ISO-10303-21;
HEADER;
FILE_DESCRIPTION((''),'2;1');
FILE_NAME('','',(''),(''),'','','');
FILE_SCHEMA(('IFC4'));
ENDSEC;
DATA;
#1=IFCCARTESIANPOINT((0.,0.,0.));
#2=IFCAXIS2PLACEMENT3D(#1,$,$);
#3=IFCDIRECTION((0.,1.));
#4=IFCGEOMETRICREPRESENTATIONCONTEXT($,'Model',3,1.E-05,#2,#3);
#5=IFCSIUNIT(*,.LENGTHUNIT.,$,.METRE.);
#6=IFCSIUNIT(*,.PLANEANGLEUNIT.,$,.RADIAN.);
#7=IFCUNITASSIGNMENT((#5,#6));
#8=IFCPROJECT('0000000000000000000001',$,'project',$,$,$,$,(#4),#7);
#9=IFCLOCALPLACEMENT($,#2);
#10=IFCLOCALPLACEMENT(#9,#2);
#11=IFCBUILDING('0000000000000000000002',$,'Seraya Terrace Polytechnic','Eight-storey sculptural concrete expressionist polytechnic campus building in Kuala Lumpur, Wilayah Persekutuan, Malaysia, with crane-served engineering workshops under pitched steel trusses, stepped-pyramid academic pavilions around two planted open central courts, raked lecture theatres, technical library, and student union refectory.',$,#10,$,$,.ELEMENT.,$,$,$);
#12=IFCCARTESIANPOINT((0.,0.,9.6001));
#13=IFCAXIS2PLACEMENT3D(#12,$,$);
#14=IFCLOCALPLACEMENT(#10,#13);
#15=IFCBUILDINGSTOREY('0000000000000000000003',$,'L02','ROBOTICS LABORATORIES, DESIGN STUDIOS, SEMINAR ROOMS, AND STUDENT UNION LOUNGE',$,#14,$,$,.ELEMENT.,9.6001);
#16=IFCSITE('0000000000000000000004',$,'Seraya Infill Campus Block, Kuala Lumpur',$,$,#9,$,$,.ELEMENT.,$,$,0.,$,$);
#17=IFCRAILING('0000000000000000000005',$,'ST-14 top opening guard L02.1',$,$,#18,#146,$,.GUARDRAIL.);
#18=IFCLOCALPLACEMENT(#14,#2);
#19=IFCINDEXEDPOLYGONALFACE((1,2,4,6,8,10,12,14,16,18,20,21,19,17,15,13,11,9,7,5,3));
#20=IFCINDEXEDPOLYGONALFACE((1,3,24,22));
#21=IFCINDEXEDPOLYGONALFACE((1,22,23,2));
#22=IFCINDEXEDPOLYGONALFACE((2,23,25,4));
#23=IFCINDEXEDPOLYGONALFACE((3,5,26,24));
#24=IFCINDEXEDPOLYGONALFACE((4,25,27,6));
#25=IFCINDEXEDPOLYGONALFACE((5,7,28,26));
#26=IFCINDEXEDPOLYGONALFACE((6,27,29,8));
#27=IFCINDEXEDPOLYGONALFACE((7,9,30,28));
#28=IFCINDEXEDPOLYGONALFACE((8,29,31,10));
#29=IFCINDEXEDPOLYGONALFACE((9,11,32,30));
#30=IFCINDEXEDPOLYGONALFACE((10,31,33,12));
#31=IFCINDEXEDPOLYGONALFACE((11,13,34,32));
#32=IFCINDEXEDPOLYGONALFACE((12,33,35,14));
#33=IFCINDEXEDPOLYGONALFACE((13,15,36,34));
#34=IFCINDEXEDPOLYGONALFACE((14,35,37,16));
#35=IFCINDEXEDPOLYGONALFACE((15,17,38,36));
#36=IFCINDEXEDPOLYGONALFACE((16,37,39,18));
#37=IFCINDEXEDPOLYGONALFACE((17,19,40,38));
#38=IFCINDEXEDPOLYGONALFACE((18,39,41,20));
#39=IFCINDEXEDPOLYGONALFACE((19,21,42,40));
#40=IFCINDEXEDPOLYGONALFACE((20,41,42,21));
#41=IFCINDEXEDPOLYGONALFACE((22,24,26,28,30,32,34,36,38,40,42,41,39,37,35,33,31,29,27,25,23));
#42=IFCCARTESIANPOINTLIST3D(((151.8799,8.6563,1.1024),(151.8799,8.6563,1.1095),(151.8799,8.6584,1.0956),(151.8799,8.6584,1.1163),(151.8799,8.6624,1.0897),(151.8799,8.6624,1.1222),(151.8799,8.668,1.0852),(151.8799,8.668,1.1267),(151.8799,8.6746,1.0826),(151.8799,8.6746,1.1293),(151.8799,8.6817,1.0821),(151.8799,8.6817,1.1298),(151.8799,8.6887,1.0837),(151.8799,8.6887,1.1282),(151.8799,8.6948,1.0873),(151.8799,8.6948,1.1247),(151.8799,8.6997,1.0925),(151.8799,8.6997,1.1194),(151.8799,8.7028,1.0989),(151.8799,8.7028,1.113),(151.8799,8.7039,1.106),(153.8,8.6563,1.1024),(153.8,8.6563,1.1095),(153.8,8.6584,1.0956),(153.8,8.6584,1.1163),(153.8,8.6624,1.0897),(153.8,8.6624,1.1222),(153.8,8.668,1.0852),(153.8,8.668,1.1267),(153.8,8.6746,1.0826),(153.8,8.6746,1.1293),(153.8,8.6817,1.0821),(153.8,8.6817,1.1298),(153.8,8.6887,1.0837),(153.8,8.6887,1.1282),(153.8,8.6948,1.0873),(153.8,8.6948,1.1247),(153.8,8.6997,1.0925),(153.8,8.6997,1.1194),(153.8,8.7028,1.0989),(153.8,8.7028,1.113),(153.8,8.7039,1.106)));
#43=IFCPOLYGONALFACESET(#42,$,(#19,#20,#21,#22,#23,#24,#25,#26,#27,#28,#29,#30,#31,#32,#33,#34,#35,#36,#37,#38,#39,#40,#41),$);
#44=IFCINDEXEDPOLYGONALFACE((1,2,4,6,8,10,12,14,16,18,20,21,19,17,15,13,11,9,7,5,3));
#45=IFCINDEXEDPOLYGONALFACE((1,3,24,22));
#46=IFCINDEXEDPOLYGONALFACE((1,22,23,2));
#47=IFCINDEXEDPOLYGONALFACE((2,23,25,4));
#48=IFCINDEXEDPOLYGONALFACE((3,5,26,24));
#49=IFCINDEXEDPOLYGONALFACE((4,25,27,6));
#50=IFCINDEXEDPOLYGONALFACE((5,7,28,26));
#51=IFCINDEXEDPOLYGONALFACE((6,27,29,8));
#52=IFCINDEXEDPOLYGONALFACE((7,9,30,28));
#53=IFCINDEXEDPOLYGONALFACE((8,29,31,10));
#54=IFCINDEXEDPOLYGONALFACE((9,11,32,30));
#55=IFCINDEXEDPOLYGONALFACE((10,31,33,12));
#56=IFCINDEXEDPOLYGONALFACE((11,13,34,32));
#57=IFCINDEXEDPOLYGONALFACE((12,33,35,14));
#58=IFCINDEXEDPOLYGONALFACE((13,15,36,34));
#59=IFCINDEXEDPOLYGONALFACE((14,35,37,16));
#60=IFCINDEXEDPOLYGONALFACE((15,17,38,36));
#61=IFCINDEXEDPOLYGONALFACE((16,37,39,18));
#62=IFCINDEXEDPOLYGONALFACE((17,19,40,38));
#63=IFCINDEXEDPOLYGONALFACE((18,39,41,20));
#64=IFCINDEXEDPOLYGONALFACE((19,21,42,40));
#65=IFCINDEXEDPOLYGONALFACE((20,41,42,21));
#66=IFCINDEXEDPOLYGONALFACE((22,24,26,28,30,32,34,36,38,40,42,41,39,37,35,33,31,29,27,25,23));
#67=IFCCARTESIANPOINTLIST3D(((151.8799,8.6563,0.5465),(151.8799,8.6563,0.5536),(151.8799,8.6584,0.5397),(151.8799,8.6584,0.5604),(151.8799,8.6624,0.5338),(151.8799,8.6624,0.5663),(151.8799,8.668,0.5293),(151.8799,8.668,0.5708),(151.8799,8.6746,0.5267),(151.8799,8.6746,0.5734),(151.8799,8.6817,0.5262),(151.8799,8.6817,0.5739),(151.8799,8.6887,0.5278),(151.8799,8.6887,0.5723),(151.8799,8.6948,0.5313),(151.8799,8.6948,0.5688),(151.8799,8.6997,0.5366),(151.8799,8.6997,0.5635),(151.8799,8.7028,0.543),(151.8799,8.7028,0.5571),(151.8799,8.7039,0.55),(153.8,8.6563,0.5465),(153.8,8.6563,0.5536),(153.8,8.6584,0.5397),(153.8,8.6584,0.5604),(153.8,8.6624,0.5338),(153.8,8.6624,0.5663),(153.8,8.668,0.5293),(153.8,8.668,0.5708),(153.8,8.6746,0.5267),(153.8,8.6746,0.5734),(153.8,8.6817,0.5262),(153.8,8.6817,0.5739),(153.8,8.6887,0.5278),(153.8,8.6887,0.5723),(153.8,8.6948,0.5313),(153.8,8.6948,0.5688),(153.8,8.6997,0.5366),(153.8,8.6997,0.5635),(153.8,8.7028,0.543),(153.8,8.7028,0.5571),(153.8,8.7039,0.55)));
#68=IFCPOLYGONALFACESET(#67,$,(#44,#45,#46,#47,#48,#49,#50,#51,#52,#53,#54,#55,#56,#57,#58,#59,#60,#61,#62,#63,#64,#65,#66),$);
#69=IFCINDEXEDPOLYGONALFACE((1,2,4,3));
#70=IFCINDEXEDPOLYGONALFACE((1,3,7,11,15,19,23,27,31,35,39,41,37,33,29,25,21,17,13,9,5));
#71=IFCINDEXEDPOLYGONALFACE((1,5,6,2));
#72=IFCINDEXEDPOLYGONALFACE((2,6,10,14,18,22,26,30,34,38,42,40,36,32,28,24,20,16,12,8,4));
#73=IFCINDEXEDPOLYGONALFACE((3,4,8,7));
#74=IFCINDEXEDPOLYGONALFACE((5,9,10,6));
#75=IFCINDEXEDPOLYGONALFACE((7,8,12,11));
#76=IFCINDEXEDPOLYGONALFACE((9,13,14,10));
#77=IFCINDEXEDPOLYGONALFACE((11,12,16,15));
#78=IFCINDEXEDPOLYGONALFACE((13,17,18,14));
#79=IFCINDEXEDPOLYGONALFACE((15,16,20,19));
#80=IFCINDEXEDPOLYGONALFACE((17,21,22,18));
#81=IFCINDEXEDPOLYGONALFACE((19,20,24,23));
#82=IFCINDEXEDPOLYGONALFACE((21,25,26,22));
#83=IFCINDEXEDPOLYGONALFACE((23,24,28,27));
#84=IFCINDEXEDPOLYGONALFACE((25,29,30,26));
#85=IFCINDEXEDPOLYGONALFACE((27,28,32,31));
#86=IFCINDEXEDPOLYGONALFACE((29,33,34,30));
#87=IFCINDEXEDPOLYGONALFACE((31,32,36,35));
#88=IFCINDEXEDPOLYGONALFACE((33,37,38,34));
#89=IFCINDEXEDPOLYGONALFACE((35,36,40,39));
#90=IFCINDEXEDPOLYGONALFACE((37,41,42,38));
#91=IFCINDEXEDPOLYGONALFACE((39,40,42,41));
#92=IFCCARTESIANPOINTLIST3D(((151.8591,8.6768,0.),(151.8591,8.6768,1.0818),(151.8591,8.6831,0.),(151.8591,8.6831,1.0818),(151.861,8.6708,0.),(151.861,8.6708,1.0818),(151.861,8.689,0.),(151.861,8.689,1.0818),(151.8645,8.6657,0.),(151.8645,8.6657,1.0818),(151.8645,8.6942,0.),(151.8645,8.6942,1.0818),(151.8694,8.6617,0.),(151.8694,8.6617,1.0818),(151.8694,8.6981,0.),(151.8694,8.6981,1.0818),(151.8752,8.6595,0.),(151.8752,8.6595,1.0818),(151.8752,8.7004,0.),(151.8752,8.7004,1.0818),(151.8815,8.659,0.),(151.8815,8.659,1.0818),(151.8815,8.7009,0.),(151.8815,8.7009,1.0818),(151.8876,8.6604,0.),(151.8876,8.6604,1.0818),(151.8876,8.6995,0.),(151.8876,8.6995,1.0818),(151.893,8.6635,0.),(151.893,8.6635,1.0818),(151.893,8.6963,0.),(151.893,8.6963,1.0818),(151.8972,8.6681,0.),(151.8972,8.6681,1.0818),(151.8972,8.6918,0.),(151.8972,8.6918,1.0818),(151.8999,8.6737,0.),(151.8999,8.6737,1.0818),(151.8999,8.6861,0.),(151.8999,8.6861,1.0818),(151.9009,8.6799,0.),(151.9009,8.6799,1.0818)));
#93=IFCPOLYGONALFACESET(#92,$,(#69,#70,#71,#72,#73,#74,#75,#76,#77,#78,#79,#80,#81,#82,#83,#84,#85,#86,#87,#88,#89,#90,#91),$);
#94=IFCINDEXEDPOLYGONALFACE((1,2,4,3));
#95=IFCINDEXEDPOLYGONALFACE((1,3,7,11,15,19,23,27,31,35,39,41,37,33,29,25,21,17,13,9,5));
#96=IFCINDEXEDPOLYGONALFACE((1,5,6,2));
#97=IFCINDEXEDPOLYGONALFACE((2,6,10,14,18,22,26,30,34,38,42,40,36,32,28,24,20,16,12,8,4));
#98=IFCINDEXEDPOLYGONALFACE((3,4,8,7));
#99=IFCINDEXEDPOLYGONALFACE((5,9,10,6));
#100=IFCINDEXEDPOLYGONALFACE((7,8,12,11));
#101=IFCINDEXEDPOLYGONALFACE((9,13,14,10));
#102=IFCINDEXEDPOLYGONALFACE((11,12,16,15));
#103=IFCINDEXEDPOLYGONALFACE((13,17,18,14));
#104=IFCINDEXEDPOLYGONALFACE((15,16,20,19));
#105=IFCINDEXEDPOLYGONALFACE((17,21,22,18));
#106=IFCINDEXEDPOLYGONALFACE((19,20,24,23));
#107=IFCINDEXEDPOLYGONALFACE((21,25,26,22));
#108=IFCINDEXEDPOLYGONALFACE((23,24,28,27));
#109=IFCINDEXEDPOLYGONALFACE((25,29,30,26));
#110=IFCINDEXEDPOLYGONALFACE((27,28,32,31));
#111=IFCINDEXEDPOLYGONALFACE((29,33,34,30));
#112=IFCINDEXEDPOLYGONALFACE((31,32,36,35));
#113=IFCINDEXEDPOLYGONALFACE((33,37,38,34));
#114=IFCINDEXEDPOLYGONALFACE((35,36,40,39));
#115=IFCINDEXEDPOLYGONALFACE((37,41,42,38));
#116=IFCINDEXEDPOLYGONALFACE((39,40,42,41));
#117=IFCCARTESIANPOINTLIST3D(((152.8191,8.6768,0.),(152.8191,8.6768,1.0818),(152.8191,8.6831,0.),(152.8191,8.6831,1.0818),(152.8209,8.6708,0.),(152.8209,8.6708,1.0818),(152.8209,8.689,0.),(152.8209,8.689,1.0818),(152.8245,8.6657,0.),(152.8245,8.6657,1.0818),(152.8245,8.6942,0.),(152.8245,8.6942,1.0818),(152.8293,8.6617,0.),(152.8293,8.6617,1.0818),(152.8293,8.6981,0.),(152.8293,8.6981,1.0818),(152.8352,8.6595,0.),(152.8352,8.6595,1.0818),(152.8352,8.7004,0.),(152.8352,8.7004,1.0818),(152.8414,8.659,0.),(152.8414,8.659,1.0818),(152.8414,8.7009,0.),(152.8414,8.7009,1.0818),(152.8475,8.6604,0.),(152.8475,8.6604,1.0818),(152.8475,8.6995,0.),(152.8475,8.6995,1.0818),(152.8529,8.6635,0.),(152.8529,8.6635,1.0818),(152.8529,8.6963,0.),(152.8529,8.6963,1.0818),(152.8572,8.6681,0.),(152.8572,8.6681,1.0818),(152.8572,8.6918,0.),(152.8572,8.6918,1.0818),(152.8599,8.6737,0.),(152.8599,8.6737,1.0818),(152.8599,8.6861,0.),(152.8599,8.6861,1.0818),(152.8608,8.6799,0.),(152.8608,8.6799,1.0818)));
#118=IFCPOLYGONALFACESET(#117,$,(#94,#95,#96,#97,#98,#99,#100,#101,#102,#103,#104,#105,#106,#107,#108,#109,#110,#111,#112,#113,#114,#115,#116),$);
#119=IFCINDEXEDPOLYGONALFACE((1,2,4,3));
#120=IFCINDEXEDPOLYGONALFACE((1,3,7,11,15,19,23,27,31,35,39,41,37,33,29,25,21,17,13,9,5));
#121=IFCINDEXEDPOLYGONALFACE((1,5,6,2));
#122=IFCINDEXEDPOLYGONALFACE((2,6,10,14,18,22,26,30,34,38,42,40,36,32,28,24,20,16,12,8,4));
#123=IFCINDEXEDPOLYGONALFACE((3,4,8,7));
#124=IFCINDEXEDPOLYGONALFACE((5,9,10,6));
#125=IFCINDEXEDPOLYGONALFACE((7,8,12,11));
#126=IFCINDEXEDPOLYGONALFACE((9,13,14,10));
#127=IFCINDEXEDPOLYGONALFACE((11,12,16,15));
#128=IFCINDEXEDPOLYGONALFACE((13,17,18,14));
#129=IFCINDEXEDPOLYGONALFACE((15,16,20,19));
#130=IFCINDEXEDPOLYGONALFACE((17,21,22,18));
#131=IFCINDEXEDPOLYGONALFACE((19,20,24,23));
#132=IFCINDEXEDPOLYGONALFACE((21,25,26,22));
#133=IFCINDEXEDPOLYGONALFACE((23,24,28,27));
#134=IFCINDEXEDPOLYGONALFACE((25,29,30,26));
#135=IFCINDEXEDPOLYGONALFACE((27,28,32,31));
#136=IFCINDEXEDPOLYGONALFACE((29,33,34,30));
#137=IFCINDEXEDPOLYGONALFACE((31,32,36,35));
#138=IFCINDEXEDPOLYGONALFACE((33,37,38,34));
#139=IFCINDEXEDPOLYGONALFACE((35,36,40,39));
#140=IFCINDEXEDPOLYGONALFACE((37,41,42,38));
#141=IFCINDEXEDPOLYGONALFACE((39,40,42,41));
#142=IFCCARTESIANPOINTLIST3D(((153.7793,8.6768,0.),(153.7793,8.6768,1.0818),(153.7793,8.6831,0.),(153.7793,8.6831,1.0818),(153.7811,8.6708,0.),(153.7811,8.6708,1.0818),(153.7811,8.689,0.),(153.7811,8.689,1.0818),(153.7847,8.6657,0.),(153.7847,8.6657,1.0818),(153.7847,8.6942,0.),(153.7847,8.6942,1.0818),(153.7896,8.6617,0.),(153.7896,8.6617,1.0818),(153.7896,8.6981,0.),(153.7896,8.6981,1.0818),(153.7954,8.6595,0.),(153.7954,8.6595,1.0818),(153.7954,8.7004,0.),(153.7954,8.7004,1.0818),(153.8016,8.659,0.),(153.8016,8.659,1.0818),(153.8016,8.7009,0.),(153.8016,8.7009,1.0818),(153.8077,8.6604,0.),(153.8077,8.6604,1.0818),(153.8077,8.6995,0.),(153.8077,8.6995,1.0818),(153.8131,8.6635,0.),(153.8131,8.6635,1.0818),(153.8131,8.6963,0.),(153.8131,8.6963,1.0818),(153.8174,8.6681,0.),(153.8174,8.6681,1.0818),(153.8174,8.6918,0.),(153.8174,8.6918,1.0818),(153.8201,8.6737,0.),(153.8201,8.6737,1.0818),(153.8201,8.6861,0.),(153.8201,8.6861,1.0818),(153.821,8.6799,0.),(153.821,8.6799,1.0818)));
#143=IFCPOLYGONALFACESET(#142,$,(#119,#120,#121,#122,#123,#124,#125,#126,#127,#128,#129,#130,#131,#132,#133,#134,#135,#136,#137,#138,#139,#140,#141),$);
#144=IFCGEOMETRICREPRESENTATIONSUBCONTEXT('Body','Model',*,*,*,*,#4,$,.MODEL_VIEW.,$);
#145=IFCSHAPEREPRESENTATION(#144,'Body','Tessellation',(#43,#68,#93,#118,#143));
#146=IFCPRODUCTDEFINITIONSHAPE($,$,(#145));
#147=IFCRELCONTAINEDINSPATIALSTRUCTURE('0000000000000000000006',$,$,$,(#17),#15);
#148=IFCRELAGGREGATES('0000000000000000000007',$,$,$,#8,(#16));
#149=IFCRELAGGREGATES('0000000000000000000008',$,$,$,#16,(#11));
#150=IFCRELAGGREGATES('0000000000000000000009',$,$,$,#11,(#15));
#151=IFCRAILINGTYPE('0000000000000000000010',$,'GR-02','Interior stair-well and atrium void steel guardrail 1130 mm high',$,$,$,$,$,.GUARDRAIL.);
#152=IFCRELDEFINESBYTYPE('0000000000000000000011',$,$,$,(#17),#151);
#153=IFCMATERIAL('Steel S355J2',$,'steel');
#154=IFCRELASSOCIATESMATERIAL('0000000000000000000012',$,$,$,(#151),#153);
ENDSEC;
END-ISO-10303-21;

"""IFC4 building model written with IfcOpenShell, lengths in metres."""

from ifc_helpers import new_model, si_unit, direction, frame, origin, origin_2d, place, context, subcontext, project, spatial, circle, extrude, material, type_object, element, save


model = new_model("IFC4")

# Units and contexts
model_context = context("Model", 3, precision=1e-05, world=origin(), true_north=direction((0.0, 1.0)))
body_context = subcontext(model_context, "Body", "Model", "MODEL_VIEW")
ifc_project = project(units=[si_unit("LENGTHUNIT", "METRE"), si_unit("PLANEANGLEUNIT", "RADIAN")], contexts=[model_context])

# Site, building, storey
site_placement = place(None, origin())
site = spatial("IfcSite", under=ifc_project, at=site_placement, Name="Seraya Infill Campus Block, Kuala Lumpur", CompositionType="ELEMENT", RefElevation=0.0)
building_placement = place(site_placement, origin())
building = spatial("IfcBuilding", under=site, at=building_placement, Name="Seraya Terrace Polytechnic", Description="Eight-storey sculptural concrete expressionist polytechnic campus building in Kuala Lumpur, Wilayah Persekutuan, Malaysia, with crane-served engineering workshops under pitched steel trusses, stepped-pyramid academic pavilions around two planted open central courts, raked lecture theatres, technical library, and student union refectory.", CompositionType="ELEMENT")
storey_placement = place(building_placement, frame((0.0, 0.0, 9.6001)))
storey = spatial("IfcBuildingStorey", under=building, at=storey_placement, Name="L02", Description="ROBOTICS LABORATORIES, DESIGN STUDIOS, SEMINAR ROOMS, AND STUDENT UNION LOUNGE", CompositionType="ELEMENT", Elevation=9.6001)

# Railing
ifc_material_1 = material(Name="Steel S355J2", Category="steel")
railing_type = type_object("IfcRailingType", Name="GR-02", Description="Interior stair-well and atrium void steel guardrail 1130 mm high", PredefinedType="GUARDRAIL", material=ifc_material_1)
railing_1_placement = place(storey_placement, frame((151.8799, 8.6799, 0.0)))
element("IfcRailing", 1, at=railing_1_placement, inside=storey, type_object=railing_type, Name="ST-14 top opening guard L02.1", PredefinedType="GUARDRAIL", context=body_context, shape_type="SweptSolid", body=[
    extrude(circle(Radius=0.0239, at=origin_2d()), frame((0.0, 0.0, 1.106), z_axis=(1.0, 0.0, 0.0), x_axis=(0.0, 1.0, 0.0)), (0.0, 0.0, 1.0), 1.9202),
    extrude(circle(Radius=0.0239, at=origin_2d()), frame((0.0, 0.0, 0.55), z_axis=(1.0, 0.0, 0.0), x_axis=(0.0, 1.0, 0.0)), (0.0, 0.0, 1.0), 1.9202),
    extrude(circle(Radius=0.021, at=origin_2d()), origin(), (0.0, 0.0, 1.0), 1.0818),
    extrude(circle(Radius=0.021, at=origin_2d()), frame((0.96, 0.0, 0.0)), (0.0, 0.0, 1.0), 1.0818),
    extrude(circle(Radius=0.021, at=origin_2d()), frame((1.9202, 0.0, 0.0)), (0.0, 0.0, 1.0), 1.0818),
])

save(model, "model.ifc")
